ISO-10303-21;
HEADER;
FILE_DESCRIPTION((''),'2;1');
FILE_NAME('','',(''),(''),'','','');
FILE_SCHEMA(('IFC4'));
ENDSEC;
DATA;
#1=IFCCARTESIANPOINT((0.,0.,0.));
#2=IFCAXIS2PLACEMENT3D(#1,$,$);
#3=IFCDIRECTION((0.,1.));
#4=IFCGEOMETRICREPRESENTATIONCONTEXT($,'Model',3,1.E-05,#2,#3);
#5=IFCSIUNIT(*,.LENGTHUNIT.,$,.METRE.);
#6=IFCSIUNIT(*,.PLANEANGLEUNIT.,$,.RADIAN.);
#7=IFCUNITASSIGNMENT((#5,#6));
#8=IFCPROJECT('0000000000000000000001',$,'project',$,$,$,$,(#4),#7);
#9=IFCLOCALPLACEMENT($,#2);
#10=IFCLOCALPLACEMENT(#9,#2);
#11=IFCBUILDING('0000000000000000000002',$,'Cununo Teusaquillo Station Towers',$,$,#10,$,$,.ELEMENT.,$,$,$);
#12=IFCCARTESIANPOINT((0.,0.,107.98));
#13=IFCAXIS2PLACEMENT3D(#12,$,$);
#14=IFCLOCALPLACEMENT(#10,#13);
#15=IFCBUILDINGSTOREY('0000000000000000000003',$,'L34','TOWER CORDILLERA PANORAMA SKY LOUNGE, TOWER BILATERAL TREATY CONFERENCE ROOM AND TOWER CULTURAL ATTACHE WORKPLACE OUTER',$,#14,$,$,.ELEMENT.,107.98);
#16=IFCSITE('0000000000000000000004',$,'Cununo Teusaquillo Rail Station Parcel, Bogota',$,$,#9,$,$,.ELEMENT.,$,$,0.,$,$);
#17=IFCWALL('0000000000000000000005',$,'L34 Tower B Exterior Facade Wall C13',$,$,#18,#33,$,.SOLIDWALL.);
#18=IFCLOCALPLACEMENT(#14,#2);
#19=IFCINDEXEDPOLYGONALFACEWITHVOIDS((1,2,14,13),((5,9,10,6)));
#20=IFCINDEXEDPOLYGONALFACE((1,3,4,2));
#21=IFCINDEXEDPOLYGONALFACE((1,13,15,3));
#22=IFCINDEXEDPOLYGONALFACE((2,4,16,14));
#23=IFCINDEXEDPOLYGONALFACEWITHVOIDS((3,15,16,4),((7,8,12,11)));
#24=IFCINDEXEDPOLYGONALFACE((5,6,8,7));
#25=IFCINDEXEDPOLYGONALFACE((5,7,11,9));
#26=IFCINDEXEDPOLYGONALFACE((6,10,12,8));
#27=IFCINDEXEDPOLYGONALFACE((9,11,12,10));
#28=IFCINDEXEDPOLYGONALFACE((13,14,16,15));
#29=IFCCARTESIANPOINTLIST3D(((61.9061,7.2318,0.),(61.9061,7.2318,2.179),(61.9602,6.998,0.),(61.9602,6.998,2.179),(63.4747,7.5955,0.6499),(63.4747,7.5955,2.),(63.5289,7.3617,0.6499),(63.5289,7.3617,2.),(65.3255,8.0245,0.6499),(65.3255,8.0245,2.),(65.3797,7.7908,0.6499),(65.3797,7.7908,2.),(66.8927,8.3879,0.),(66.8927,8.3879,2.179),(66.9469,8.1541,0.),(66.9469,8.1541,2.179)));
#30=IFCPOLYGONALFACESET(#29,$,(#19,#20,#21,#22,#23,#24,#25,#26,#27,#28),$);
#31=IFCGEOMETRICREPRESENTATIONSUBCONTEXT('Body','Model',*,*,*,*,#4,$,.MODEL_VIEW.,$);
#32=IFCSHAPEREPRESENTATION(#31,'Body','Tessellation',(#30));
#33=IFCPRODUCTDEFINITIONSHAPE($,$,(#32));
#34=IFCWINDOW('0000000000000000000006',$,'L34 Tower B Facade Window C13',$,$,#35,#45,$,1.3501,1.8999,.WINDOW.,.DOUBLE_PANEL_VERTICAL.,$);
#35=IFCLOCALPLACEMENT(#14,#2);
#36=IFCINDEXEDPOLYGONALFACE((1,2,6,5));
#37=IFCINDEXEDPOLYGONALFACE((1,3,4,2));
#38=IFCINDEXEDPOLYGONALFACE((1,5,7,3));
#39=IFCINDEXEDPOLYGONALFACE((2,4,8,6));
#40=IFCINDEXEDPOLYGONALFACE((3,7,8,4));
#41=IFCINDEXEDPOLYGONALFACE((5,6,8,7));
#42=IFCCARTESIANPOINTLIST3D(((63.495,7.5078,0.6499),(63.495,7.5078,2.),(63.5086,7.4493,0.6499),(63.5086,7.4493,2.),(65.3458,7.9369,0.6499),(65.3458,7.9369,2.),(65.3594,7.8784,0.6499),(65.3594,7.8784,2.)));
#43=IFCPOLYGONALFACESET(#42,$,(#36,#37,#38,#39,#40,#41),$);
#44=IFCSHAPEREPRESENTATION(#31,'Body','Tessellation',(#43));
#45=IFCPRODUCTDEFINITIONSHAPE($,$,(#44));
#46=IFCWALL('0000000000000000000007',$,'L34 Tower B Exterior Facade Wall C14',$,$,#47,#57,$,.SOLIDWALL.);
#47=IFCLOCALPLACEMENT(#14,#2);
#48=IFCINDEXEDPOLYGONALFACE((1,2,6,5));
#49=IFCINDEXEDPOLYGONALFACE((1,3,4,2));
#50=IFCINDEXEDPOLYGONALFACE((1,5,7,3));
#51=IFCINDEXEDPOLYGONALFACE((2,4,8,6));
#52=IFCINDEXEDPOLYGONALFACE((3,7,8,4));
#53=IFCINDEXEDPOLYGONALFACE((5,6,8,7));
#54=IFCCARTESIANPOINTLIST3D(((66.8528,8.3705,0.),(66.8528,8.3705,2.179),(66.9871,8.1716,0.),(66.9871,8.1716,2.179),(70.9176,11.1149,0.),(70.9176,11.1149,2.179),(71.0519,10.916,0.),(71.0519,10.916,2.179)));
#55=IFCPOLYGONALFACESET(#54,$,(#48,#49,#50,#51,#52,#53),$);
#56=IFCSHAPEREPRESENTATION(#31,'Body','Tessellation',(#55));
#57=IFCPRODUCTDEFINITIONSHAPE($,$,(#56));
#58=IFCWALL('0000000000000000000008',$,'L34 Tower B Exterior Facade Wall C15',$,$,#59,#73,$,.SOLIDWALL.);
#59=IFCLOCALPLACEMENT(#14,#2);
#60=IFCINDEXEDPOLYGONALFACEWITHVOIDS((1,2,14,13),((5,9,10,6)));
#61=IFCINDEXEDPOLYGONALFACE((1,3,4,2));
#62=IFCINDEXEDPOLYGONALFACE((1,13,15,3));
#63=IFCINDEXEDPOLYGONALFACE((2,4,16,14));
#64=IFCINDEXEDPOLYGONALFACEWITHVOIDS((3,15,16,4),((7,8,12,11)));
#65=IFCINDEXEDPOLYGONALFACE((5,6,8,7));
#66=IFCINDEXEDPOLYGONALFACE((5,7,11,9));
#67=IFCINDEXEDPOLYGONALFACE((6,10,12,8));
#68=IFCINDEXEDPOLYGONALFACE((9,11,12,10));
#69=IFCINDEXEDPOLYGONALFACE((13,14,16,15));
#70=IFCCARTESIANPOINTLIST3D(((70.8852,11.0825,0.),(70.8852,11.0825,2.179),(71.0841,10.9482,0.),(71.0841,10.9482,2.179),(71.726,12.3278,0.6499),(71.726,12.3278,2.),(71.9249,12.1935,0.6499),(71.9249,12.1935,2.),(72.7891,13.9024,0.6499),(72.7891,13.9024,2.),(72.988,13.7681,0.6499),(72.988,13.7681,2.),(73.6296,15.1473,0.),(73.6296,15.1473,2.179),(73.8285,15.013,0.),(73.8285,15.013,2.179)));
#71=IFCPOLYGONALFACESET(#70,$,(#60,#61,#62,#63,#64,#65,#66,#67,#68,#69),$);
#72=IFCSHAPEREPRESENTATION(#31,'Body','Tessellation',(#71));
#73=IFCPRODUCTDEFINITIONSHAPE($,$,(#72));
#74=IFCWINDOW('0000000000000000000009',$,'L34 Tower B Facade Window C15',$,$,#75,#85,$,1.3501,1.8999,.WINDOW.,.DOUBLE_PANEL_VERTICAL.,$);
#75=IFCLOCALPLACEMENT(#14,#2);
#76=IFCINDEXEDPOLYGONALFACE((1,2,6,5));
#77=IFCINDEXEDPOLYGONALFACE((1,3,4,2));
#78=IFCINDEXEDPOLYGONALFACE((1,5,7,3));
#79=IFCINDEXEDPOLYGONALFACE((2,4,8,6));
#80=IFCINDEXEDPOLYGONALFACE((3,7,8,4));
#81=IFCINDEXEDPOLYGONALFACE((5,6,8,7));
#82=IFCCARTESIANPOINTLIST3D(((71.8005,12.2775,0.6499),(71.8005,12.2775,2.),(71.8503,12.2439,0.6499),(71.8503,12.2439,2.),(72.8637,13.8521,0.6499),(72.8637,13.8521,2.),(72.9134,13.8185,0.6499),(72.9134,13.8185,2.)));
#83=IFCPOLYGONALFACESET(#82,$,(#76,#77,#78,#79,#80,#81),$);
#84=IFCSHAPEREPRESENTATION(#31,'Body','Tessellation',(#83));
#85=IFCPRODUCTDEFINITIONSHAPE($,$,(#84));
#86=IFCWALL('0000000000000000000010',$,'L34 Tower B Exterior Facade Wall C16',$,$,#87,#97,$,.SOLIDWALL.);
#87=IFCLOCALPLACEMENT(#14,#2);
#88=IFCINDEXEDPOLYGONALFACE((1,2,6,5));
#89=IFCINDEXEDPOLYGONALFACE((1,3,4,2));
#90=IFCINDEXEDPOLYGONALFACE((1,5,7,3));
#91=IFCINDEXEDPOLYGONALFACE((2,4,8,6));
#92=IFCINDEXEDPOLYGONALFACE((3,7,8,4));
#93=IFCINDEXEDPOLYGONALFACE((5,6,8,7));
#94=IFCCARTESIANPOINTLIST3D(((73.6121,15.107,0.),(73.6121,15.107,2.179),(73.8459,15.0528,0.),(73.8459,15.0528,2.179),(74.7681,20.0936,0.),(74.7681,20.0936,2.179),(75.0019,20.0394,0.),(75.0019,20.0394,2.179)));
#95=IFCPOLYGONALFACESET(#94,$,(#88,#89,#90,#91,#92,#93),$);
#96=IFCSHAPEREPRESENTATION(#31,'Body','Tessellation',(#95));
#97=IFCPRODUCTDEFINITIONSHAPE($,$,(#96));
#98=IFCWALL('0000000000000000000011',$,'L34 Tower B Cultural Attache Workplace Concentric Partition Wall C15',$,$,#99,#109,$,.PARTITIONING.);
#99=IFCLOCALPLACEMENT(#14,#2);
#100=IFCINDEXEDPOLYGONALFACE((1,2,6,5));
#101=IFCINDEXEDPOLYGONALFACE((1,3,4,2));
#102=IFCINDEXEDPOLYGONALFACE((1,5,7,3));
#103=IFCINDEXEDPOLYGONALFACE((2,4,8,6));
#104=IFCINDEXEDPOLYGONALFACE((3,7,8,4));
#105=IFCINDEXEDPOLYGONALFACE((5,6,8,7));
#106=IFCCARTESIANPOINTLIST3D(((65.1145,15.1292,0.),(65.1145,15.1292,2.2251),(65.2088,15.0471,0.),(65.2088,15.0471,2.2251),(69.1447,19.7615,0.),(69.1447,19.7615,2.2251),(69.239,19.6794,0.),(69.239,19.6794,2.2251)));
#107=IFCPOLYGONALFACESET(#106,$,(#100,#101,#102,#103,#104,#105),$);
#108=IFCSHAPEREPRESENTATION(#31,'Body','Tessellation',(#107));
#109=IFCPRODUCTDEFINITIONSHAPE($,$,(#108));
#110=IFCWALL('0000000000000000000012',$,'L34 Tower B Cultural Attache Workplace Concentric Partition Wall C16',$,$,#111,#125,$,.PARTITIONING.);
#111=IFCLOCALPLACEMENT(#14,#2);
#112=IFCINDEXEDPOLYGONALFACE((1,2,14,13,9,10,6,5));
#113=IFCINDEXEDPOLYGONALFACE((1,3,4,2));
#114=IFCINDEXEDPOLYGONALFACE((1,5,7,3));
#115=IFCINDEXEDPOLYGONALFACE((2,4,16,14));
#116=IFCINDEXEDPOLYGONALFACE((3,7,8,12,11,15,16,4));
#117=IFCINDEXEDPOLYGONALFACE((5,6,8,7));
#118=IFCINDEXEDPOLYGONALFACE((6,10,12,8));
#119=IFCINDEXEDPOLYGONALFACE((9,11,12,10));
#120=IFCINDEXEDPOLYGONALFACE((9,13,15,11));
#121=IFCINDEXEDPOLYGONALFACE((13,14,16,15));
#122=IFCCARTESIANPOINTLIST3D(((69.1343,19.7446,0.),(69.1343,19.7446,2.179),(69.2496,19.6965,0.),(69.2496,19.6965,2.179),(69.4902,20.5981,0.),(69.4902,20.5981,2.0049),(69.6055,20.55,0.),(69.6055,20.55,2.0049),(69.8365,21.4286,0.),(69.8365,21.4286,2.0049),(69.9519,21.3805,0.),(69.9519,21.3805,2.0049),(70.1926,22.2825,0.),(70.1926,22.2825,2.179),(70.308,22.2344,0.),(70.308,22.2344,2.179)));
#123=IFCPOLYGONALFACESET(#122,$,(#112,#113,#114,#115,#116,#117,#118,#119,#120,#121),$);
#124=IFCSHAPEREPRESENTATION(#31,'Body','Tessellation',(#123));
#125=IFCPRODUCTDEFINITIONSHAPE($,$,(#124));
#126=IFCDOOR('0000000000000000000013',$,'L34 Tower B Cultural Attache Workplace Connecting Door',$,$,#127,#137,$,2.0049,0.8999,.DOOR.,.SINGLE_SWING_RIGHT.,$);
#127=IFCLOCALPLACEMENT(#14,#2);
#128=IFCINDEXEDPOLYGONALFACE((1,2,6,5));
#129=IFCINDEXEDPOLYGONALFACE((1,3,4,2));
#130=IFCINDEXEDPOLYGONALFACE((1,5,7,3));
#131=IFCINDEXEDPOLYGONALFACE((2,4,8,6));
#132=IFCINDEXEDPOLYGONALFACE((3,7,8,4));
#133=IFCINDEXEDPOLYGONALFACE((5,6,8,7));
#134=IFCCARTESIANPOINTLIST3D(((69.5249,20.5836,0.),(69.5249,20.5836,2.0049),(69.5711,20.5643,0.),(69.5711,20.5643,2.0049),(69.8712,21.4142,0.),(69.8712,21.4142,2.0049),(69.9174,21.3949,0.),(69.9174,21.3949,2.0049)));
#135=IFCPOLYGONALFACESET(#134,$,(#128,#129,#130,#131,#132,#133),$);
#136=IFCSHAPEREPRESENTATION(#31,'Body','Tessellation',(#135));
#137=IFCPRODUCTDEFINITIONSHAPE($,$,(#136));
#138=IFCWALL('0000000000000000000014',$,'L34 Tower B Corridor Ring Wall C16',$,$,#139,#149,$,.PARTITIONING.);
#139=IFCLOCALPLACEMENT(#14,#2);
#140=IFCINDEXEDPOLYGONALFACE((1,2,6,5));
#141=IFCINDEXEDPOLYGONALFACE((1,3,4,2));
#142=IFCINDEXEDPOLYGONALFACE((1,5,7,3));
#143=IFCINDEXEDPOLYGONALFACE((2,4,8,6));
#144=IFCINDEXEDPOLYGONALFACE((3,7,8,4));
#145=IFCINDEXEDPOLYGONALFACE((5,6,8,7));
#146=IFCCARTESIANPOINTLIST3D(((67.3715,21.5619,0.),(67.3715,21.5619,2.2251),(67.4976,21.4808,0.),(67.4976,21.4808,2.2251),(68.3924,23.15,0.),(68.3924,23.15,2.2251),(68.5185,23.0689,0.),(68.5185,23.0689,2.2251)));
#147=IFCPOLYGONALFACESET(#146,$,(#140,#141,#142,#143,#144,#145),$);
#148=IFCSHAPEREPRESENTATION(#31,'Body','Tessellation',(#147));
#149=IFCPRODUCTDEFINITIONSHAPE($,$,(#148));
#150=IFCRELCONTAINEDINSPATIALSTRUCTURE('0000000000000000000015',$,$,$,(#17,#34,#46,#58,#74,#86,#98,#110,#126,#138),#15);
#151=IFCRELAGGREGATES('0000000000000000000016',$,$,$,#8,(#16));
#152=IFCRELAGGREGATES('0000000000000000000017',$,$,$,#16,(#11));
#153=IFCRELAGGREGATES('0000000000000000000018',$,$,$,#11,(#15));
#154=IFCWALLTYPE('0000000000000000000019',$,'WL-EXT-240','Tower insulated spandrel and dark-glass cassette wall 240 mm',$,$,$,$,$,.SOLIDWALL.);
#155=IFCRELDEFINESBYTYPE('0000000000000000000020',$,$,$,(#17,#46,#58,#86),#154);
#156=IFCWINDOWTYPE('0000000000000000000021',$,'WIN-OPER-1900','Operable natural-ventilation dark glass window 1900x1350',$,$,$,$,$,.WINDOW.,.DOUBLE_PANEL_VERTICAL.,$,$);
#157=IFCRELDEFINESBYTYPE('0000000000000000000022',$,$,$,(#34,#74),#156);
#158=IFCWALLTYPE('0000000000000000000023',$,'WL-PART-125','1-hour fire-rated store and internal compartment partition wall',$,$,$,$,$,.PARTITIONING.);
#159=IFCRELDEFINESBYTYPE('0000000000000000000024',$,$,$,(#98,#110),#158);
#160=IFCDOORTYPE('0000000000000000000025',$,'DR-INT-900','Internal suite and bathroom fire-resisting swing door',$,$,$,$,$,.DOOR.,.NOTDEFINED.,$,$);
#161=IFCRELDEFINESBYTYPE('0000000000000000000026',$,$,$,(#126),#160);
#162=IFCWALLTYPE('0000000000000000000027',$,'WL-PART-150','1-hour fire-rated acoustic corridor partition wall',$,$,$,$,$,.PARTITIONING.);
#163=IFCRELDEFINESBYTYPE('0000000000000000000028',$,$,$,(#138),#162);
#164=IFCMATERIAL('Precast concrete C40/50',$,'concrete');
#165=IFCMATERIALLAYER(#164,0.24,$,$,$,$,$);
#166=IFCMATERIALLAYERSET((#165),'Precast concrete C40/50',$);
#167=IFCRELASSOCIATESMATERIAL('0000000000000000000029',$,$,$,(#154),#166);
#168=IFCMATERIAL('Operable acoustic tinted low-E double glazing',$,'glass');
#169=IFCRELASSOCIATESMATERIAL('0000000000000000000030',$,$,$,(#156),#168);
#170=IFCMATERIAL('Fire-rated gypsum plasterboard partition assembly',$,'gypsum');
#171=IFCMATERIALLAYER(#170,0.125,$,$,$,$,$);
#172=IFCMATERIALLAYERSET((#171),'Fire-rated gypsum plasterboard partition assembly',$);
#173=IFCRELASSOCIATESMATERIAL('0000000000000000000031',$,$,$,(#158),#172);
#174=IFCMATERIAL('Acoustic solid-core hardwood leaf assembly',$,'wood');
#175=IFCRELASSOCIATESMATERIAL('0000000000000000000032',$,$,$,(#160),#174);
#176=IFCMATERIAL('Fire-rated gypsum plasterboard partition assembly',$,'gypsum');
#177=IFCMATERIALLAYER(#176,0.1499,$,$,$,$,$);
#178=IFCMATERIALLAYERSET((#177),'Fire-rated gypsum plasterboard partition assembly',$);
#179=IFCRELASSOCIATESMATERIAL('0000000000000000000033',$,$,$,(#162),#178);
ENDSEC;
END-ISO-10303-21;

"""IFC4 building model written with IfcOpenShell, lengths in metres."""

from ifc_helpers import new_model, si_unit, direction, frame, frame_2d, origin, place, context, subcontext, project, spatial, rectangle, extrude, source, transform, mapped, material, layer, layer_set, type_object, element, fill, save


model = new_model("IFC4")

# Units and contexts
model_context = context("Model", 3, precision=1e-05, world=origin(), true_north=direction((0.0, 1.0)))
body_context = subcontext(model_context, "Body", "Model", "MODEL_VIEW")
ifc_project = project(units=[si_unit("LENGTHUNIT", "METRE"), si_unit("PLANEANGLEUNIT", "RADIAN")], contexts=[model_context])

# Site, building, storey
site_placement = place(None, origin())
site = spatial("IfcSite", under=ifc_project, at=site_placement, Name="Cununo Teusaquillo Rail Station Parcel, Bogota", CompositionType="ELEMENT", RefElevation=0.0)
building_placement = place(site_placement, origin())
building = spatial("IfcBuilding", under=site, at=building_placement, Name="Cununo Teusaquillo Station Towers", CompositionType="ELEMENT")
storey_placement = place(building_placement, frame((0.0, 0.0, 107.98)))
storey = spatial("IfcBuildingStorey", under=building, at=storey_placement, Name="L34", Description="TOWER CORDILLERA PANORAMA SKY LOUNGE, TOWER BILATERAL TREATY CONFERENCE ROOM AND TOWER CULTURAL ATTACHE WORKPLACE OUTER", CompositionType="ELEMENT", Elevation=107.98)

# Wall, opening, window
ifc_material_1 = material(Name="Precast concrete C40/50", Category="concrete")
ifc_layer_1 = layer(ifc_material_1, 0.24)
ifc_layer_set_1 = layer_set([ifc_layer_1], Name="Precast concrete C40/50")
wall_type_1 = type_object("IfcWallType", Name="WL-EXT-240", Description="Tower insulated spandrel and dark-glass cassette wall 240 mm", PredefinedType="SOLIDWALL", material=ifc_layer_set_1)
wall_1_placement = place(storey_placement, frame((66.9199, 8.271, 0.0), z_axis=(0.0, 0.0, 1.0), x_axis=(-0.974166, -0.225835, 0.0)))
wall_1 = element("IfcWall", 1, at=wall_1_placement, inside=storey, type_object=wall_type_1, Name="L34 Tower B Exterior Facade Wall C13", PredefinedType="SOLIDWALL", context=body_context, shape_type="SweptSolid", body=[
    extrude(rectangle(XDim=5.1189, YDim=0.24, at=frame_2d((2.5596, 0.0))), origin(), (0.0, 0.0, 1.0), 2.179),
])
shared_shape_1 = source(origin(), body_context, "Body", "SweptSolid", [
    extrude(rectangle(XDim=1.8999, YDim=1.3501, at=frame_2d((0.95, 0.675))), frame((0.0, 0.1299, 0.0), z_axis=(0.0, -1.0, 0.0), x_axis=(1.0, 0.0, 0.0)), (0.0, 0.0, 1.0), 0.26),
])
opening_1_placement = place(wall_1_placement, frame((1.6089, 0.0, 0.6499)))
opening_1 = element("IfcOpeningElement", 2, at=opening_1_placement, cuts=wall_1, PredefinedType="OPENING", context=body_context, shape_type="MappedRepresentation", body=[
    mapped(shared_shape_1, transform((0.0, 0.0, 0.0), x_axis=(1.0, 0.0, 0.0), y_axis=(0.0, 1.0, 0.0), z_axis=(0.0, 0.0, 1.0), scale=1.0)),
])
ifc_material_2 = material(Name="Operable acoustic tinted low-E double glazing", Category="glass")
window_type = type_object("IfcWindowType", Name="WIN-OPER-1900", Description="Operable natural-ventilation dark glass window 1900x1350", PartitioningType="DOUBLE_PANEL_VERTICAL", PredefinedType="WINDOW", material=ifc_material_2)
shared_shape_2 = source(origin(), body_context, "Body", "SweptSolid", [
    extrude(rectangle(XDim=1.8999, YDim=1.3501, at=frame_2d((0.95, 0.675))), frame((0.0, 0.03, 0.0), z_axis=(0.0, -1.0, 0.0), x_axis=(1.0, 0.0, 0.0)), (0.0, 0.0, 1.0), 0.0601),
])
window_1_placement = place(opening_1_placement, origin())
window_1 = element("IfcWindow", 3, at=window_1_placement, inside=storey, type_object=window_type, Name="L34 Tower B Facade Window C13", OverallHeight=1.3501, OverallWidth=1.8999, PartitioningType="DOUBLE_PANEL_VERTICAL", PredefinedType="WINDOW", context=body_context, shape_type="MappedRepresentation", body=[
    mapped(shared_shape_2, transform((0.0, 0.0, 0.0), x_axis=(1.0, 0.0, 0.0), y_axis=(0.0, 1.0, 0.0), z_axis=(0.0, 0.0, 1.0), scale=1.0)),
])
fill(opening_1, window_1)

# Wall
wall_2_placement = place(storey_placement, frame((70.9846, 11.0154, 0.0), z_axis=(0.0, 0.0, 1.0), x_axis=(-0.828781, -0.559573, 0.0)))
element("IfcWall", 4, at=wall_2_placement, inside=storey, type_object=wall_type_1, Name="L34 Tower B Exterior Facade Wall C14", PredefinedType="SOLIDWALL", context=body_context, shape_type="SweptSolid", body=[
    extrude(rectangle(XDim=4.9045, YDim=0.24, at=frame_2d((2.4521, 0.0))), origin(), (0.0, 0.0, 1.0), 2.179),
])

# Wall, opening, window
wall_3_placement = place(storey_placement, frame((73.729, 15.0801, 0.0), z_axis=(0.0, 0.0, 1.0), x_axis=(-0.559573, -0.828781, 0.0)))
wall_3 = element("IfcWall", 5, at=wall_3_placement, inside=storey, type_object=wall_type_1, Name="L34 Tower B Exterior Facade Wall C15", PredefinedType="SOLIDWALL", context=body_context, shape_type="SweptSolid", body=[
    extrude(rectangle(XDim=4.9045, YDim=0.24, at=frame_2d((2.4521, 0.0))), origin(), (0.0, 0.0, 1.0), 2.179),
])
opening_2_placement = place(wall_3_placement, frame((1.502, 0.0, 0.6499)))
opening_2 = element("IfcOpeningElement", 6, at=opening_2_placement, cuts=wall_3, PredefinedType="OPENING", context=body_context, shape_type="MappedRepresentation", body=[
    mapped(shared_shape_1, transform((0.0, 0.0, 0.0), x_axis=(1.0, 0.0, 0.0), y_axis=(0.0, 1.0, 0.0), z_axis=(0.0, 0.0, 1.0), scale=1.0)),
])
window_2_placement = place(opening_2_placement, origin())
window_2 = element("IfcWindow", 7, at=window_2_placement, inside=storey, type_object=window_type, Name="L34 Tower B Facade Window C15", OverallHeight=1.3501, OverallWidth=1.8999, PartitioningType="DOUBLE_PANEL_VERTICAL", PredefinedType="WINDOW", context=body_context, shape_type="MappedRepresentation", body=[
    mapped(shared_shape_2, transform((0.0, 0.0, 0.0), x_axis=(1.0, 0.0, 0.0), y_axis=(0.0, 1.0, 0.0), z_axis=(0.0, 0.0, 1.0), scale=1.0)),
])
fill(opening_2, window_2)

# Walls
wall_4_placement = place(storey_placement, frame((74.885, 20.0667, 0.0), z_axis=(0.0, 0.0, 1.0), x_axis=(-0.225835, -0.974166, 0.0)))
element("IfcWall", 8, at=wall_4_placement, inside=storey, type_object=wall_type_1, Name="L34 Tower B Exterior Facade Wall C16", PredefinedType="SOLIDWALL", context=body_context, shape_type="SweptSolid", body=[
    extrude(rectangle(XDim=5.1189, YDim=0.24, at=frame_2d((2.5596, 0.0))), origin(), (0.0, 0.0, 1.0), 2.179),
])
ifc_material_3 = material(Name="Fire-rated gypsum plasterboard partition assembly", Category="gypsum")
ifc_layer_2 = layer(ifc_material_3, 0.125)
ifc_layer_set_2 = layer_set([ifc_layer_2], Name="Fire-rated gypsum plasterboard partition assembly")
wall_type_2 = type_object("IfcWallType", Name="WL-PART-125", Description="1-hour fire-rated store and internal compartment partition wall", PredefinedType="PARTITIONING", material=ifc_layer_set_2)
wall_5_placement = place(storey_placement, frame((65.1616, 15.0881, 0.0), z_axis=(0.0, 0.0, 1.0), x_axis=(0.65638, 0.754431, 0.0)))
element("IfcWall", 9, at=wall_5_placement, inside=storey, type_object=wall_type_2, Name="L34 Tower B Cultural Attache Workplace Concentric Partition Wall C15", PredefinedType="PARTITIONING", context=body_context, shape_type="SweptSolid", body=[
    extrude(rectangle(XDim=6.1401, YDim=0.125, at=frame_2d((3.0701, 0.0))), origin(), (0.0, 0.0, 1.0), 2.2251),
])

# Wall, opening, door
wall_6_placement = place(storey_placement, frame((69.1919, 19.7205, 0.0), z_axis=(0.0, 0.0, 1.0), x_axis=(0.384899, 0.922959, 0.0)))
wall_6 = element("IfcWall", 10, at=wall_6_placement, inside=storey, type_object=wall_type_2, Name="L34 Tower B Cultural Attache Workplace Concentric Partition Wall C16", PredefinedType="PARTITIONING", context=body_context, shape_type="SweptSolid", body=[
    extrude(rectangle(XDim=2.7498, YDim=0.125, at=frame_2d((1.375, 0.0))), origin(), (0.0, 0.0, 1.0), 2.179),
])
shared_shape_3 = source(origin(), body_context, "Body", "SweptSolid", [
    extrude(rectangle(XDim=0.8999, YDim=2.0049, at=frame_2d((0.45, 1.0024))), frame((0.0, 0.0725, 0.0), z_axis=(0.0, -1.0, 0.0), x_axis=(1.0, 0.0, 0.0)), (0.0, 0.0, 1.0), 0.145),
])
opening_3_placement = place(wall_6_placement, frame((0.9248, 0.0, 0.0)))
opening_3 = element("IfcOpeningElement", 11, at=opening_3_placement, cuts=wall_6, PredefinedType="OPENING", context=body_context, shape_type="MappedRepresentation", body=[
    mapped(shared_shape_3, transform((0.0, 0.0, 0.0), x_axis=(1.0, 0.0, 0.0), y_axis=(0.0, 1.0, 0.0), z_axis=(0.0, 0.0, 1.0), scale=1.0)),
])
ifc_material_4 = material(Name="Acoustic solid-core hardwood leaf assembly", Category="wood")
door_type_1 = type_object("IfcDoorType", Name="DR-INT-900", Description="Internal suite and bathroom fire-resisting swing door", OperationType="NOTDEFINED", PredefinedType="DOOR", material=ifc_material_4)
shared_shape_4 = source(origin(), body_context, "Body", "SweptSolid", [
    extrude(rectangle(XDim=0.8999, YDim=2.0049, at=frame_2d((0.45, 1.0024))), frame((0.0, 0.0249, 0.0), z_axis=(0.0, -1.0, 0.0), x_axis=(1.0, 0.0, 0.0)), (0.0, 0.0, 1.0), 0.05),
])
door_1_placement = place(opening_3_placement, origin())
door_1 = element("IfcDoor", 12, at=door_1_placement, inside=storey, type_object=door_type_1, Name="L34 Tower B Cultural Attache Workplace Connecting Door", OperationType="SINGLE_SWING_RIGHT", OverallHeight=2.0049, OverallWidth=0.8999, PredefinedType="DOOR", context=body_context, shape_type="MappedRepresentation", body=[
    mapped(shared_shape_4, transform((0.0, 0.0, 0.0), x_axis=(1.0, 0.0, 0.0), y_axis=(0.0, 1.0, 0.0), z_axis=(0.0, 0.0, 1.0), scale=1.0)),
])
fill(opening_3, door_1)

# Wall
ifc_material_5 = material(Name="Fire-rated gypsum plasterboard partition assembly", Category="gypsum")
ifc_layer_3 = layer(ifc_material_5, 0.1499)
ifc_layer_set_3 = layer_set([ifc_layer_3], Name="Fire-rated gypsum plasterboard partition assembly")
wall_type_3 = type_object("IfcWallType", Name="WL-PART-150", Description="1-hour fire-rated acoustic corridor partition wall", PredefinedType="PARTITIONING", material=ifc_layer_set_3)
wall_7_placement = place(storey_placement, frame((67.4346, 21.5215, 0.0), z_axis=(0.0, 0.0, 1.0), x_axis=(0.540777, 0.841166, 0.0)))
element("IfcWall", 13, at=wall_7_placement, inside=storey, type_object=wall_type_3, Name="L34 Tower B Corridor Ring Wall C16", PredefinedType="PARTITIONING", context=body_context, shape_type="SweptSolid", body=[
    extrude(rectangle(XDim=1.8879, YDim=0.1499, at=frame_2d((0.9438, 0.0))), origin(), (0.0, 0.0, 1.0), 2.2251),
])

save(model, "model.ifc")
